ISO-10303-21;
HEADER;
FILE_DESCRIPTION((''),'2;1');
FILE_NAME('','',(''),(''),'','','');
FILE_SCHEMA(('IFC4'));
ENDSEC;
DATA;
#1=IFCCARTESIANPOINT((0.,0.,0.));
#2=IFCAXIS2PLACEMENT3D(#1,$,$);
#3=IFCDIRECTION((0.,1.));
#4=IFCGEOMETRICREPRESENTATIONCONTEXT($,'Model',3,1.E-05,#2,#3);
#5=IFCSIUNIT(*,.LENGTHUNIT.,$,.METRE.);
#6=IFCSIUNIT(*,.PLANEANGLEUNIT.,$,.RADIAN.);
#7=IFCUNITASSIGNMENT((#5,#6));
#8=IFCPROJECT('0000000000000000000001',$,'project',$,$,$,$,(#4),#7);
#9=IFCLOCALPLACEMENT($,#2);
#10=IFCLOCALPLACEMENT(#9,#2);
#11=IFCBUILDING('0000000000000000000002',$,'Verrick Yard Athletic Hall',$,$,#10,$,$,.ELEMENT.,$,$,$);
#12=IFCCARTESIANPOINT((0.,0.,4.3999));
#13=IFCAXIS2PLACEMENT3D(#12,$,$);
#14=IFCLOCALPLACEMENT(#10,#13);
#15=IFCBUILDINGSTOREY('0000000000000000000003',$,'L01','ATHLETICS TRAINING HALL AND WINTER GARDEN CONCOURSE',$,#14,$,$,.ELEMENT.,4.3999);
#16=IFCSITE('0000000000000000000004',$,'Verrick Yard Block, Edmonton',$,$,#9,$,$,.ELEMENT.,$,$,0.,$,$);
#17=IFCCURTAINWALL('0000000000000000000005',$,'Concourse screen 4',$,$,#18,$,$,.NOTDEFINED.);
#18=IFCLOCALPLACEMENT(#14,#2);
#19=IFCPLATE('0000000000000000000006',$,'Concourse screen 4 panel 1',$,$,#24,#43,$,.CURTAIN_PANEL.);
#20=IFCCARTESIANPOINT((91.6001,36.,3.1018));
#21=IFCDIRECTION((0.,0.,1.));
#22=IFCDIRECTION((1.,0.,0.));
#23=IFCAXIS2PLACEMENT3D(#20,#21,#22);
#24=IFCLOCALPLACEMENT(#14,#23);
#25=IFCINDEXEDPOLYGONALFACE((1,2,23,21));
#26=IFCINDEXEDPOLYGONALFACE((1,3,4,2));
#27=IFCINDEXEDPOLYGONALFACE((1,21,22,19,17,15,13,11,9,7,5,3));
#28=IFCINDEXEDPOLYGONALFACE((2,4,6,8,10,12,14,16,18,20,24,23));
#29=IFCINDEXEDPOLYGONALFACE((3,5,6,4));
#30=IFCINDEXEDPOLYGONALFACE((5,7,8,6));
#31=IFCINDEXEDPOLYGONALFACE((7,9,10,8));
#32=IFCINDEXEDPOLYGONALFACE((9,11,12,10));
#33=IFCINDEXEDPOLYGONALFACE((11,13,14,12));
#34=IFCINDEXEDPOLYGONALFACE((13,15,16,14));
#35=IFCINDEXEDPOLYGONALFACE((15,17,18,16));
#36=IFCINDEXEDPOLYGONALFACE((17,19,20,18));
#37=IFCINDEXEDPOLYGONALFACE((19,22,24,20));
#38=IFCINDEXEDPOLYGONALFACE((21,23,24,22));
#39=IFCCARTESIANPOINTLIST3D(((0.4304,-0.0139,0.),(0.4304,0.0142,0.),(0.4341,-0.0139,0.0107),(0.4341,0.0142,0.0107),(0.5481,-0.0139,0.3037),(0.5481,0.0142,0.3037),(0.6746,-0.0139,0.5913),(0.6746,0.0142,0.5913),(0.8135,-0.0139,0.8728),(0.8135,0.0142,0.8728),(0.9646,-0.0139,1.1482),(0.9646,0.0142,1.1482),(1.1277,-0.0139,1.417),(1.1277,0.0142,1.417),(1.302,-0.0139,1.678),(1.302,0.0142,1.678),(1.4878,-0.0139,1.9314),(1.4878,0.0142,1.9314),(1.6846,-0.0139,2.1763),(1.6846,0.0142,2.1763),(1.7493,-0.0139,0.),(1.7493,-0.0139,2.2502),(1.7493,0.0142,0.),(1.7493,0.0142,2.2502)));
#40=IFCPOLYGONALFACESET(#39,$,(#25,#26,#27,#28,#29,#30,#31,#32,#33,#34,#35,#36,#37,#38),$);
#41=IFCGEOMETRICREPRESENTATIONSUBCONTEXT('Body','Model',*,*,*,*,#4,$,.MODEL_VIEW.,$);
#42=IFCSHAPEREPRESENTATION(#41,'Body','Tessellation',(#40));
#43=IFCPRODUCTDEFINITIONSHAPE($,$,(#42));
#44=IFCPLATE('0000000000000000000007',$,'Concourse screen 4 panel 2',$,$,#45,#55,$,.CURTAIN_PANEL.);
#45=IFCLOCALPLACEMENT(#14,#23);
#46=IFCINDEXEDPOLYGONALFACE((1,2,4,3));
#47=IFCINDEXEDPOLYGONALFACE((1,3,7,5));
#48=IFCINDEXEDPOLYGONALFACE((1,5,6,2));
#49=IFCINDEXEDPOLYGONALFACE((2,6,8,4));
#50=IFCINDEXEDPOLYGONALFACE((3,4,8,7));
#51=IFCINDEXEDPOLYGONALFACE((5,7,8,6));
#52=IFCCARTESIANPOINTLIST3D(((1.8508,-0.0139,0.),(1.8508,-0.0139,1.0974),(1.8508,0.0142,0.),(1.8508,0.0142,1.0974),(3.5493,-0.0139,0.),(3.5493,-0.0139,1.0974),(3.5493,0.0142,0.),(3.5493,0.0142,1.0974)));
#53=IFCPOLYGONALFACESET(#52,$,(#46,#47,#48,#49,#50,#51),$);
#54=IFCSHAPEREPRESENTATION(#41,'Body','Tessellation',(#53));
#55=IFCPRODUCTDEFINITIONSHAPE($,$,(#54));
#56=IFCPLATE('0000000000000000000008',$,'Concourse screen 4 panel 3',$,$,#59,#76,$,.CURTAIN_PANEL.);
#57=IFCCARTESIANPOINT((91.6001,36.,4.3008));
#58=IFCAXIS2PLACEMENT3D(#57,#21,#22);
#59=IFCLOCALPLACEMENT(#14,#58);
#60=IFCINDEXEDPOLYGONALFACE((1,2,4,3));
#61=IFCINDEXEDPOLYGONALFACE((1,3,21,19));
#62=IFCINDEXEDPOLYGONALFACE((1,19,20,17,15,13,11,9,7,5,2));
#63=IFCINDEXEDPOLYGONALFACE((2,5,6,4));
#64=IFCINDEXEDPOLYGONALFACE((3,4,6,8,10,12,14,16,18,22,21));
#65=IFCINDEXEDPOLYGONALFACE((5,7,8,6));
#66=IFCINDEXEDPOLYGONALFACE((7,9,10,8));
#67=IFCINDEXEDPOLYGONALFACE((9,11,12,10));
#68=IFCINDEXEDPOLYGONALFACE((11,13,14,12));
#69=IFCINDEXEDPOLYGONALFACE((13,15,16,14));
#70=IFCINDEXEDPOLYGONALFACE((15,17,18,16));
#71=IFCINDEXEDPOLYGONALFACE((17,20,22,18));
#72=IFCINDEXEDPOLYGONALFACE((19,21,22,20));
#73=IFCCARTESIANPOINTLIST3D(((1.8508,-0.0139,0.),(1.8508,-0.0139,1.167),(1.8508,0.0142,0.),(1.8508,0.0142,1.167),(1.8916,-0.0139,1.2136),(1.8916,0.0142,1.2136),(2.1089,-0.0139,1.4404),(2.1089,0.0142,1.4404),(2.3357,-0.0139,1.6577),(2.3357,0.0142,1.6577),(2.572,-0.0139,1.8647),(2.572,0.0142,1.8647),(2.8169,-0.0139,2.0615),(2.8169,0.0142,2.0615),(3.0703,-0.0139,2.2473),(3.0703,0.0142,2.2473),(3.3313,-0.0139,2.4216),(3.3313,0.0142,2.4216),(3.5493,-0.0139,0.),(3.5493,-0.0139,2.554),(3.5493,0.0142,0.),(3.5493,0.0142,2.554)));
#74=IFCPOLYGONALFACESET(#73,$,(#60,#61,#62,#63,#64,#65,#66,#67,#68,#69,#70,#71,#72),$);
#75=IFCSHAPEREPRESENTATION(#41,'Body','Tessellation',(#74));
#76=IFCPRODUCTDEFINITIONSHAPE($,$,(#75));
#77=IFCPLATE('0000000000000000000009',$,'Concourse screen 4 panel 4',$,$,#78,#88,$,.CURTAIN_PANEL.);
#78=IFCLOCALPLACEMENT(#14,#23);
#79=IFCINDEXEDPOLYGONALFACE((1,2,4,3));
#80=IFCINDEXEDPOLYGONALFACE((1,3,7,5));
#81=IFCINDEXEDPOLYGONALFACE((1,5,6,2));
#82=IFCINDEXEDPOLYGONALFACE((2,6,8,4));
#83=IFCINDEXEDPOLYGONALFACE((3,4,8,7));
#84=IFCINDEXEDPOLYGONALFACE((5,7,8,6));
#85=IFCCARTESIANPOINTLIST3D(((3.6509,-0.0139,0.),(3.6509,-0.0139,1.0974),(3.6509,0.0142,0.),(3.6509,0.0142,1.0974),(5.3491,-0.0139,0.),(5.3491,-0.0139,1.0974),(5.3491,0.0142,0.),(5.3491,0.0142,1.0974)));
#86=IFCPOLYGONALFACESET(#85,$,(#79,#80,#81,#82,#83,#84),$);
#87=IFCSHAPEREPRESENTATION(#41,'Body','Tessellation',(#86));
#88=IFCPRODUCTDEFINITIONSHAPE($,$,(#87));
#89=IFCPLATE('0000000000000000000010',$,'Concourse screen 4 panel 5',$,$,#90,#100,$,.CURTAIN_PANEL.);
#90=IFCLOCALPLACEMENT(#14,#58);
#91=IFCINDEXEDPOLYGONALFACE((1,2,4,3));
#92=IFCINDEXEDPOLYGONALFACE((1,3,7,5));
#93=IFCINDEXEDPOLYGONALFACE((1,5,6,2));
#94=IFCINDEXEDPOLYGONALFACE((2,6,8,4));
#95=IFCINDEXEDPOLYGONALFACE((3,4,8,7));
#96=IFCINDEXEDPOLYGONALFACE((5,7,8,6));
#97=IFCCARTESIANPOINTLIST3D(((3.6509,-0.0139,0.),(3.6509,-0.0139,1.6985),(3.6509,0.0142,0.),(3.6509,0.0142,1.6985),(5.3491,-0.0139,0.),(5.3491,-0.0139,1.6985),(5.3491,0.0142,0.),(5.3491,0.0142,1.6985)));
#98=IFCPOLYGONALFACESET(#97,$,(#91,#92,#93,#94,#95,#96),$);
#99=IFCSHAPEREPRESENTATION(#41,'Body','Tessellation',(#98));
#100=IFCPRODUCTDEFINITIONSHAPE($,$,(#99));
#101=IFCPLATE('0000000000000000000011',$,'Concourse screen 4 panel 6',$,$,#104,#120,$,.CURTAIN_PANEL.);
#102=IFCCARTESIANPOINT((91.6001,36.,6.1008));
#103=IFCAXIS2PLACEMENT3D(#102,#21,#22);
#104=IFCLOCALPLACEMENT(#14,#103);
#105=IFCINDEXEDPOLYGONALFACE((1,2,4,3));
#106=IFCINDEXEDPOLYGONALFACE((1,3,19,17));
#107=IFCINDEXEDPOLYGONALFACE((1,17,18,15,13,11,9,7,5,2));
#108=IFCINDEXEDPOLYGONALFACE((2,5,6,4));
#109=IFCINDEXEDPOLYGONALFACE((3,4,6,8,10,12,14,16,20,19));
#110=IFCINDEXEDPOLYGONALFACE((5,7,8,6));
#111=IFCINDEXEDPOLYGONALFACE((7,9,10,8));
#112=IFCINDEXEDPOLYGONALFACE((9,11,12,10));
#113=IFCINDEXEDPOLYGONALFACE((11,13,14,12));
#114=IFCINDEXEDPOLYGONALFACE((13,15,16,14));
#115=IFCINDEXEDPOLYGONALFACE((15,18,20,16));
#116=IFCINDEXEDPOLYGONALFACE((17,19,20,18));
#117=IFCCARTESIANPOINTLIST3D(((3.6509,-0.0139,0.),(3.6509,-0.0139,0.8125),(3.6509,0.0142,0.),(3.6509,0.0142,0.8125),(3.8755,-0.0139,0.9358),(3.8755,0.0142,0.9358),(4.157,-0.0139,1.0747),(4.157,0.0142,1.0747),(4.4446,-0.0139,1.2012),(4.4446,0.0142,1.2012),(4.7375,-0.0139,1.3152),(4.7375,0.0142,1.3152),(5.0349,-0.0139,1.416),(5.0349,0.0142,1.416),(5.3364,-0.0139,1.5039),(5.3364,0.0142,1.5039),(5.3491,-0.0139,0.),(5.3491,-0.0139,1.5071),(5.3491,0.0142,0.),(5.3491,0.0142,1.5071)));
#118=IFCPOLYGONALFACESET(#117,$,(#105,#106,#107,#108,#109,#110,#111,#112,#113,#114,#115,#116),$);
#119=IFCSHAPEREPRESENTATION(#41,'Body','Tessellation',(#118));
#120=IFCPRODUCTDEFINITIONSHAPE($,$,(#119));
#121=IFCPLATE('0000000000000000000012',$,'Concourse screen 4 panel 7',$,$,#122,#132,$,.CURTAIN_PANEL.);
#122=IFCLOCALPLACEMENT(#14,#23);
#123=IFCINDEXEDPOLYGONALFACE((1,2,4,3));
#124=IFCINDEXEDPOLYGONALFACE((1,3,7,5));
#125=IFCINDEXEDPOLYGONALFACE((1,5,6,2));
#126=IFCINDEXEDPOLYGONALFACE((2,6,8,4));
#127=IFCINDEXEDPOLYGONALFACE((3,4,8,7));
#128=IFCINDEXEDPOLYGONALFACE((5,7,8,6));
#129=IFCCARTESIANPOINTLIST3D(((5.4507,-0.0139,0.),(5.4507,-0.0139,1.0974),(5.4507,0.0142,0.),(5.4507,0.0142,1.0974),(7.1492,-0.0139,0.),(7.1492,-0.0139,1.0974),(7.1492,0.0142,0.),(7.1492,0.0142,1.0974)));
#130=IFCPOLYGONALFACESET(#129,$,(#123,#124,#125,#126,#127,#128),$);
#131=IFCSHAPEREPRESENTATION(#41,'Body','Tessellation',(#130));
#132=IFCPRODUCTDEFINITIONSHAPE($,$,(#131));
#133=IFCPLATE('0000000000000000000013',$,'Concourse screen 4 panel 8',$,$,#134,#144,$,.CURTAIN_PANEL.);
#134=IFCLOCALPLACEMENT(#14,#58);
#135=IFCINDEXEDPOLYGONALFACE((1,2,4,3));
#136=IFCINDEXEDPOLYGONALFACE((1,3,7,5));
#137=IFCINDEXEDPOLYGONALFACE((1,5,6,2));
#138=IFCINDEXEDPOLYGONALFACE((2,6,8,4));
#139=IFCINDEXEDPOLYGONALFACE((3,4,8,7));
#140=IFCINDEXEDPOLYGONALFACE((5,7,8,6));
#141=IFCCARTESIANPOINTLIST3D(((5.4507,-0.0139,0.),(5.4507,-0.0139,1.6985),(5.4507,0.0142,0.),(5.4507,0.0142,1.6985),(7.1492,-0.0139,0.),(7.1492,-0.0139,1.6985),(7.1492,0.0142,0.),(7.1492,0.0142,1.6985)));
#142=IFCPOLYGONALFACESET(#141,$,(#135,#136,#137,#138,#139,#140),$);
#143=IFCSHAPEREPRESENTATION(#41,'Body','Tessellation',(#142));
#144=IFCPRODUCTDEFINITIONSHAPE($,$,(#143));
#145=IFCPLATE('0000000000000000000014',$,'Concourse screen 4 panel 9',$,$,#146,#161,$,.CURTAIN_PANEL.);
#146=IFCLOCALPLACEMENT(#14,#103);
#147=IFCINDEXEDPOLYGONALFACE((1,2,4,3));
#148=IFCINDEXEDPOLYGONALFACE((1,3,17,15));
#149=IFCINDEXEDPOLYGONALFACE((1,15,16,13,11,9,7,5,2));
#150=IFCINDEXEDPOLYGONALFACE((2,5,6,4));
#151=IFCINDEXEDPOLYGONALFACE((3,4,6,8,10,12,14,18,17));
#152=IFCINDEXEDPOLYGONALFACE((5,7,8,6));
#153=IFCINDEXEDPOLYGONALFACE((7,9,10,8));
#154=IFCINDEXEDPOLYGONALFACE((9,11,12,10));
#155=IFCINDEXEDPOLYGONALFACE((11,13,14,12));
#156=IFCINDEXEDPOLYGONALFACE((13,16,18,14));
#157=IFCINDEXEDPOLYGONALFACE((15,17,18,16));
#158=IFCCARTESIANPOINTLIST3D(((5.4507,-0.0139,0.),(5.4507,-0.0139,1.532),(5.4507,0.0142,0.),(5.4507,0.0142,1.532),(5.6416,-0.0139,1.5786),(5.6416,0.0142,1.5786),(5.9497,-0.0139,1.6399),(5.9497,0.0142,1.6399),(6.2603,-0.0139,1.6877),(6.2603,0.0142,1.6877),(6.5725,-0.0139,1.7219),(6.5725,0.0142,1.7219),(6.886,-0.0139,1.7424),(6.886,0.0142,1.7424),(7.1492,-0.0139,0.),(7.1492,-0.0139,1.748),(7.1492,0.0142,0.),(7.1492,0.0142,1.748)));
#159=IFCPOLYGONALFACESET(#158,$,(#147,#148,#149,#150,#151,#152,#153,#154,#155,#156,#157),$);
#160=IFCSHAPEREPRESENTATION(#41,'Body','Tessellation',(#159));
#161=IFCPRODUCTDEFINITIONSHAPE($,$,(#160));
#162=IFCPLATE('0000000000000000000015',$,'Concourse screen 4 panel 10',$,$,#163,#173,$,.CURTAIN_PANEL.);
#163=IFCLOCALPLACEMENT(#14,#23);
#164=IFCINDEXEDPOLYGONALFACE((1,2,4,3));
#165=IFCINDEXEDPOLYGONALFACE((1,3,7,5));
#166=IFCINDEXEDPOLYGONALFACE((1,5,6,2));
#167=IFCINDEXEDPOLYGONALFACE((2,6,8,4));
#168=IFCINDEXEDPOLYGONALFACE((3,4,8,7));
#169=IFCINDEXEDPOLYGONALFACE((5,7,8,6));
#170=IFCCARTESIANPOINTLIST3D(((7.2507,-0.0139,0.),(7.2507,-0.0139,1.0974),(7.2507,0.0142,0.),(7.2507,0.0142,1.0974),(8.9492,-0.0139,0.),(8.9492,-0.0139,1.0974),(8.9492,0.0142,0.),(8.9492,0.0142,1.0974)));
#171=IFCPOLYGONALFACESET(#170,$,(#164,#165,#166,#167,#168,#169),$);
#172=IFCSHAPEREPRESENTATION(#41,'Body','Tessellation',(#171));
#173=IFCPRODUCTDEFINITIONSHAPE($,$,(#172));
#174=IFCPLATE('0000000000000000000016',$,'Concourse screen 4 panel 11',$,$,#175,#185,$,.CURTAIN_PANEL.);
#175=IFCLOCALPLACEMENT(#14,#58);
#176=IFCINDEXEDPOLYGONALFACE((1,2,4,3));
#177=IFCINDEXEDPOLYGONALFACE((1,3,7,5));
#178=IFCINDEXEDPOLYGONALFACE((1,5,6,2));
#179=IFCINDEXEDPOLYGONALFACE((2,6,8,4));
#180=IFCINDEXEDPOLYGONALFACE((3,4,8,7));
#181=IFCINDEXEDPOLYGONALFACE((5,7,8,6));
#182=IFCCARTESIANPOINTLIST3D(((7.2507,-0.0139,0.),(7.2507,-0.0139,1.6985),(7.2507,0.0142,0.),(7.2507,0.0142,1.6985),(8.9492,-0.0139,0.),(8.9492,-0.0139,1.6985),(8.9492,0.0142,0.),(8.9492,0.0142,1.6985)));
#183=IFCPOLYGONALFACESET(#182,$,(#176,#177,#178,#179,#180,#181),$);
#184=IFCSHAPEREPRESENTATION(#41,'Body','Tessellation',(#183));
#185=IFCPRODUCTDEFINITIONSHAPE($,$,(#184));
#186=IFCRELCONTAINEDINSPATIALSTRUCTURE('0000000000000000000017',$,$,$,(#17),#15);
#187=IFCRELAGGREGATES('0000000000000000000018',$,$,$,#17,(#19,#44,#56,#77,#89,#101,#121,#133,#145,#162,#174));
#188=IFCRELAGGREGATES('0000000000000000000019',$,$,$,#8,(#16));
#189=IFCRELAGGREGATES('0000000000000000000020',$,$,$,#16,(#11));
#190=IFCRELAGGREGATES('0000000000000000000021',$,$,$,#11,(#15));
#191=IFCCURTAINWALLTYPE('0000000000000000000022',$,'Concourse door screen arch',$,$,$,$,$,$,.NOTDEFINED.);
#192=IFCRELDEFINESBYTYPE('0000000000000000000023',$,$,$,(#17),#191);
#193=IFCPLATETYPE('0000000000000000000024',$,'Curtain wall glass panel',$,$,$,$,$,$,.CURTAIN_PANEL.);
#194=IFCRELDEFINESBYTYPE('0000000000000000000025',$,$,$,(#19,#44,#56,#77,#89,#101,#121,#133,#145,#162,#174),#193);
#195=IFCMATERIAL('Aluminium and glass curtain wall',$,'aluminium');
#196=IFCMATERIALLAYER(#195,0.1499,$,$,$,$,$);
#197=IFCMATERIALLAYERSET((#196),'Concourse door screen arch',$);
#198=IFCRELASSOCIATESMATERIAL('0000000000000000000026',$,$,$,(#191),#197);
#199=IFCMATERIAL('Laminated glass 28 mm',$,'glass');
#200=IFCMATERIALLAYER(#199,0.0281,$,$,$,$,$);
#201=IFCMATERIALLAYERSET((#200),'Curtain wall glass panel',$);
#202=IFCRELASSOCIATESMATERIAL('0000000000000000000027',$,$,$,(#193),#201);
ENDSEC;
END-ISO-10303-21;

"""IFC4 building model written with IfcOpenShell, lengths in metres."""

from ifc_helpers import new_model, si_unit, direction, frame, origin, place, context, subcontext, project, spatial, polyline, outline, extrude, material, layer, layer_set, type_object, element, aggregate, save


model = new_model("IFC4")

# Units and contexts
model_context = context("Model", 3, precision=1e-05, world=origin(), true_north=direction((0.0, 1.0)))
body_context = subcontext(model_context, "Body", "Model", "MODEL_VIEW")
ifc_project = project(units=[si_unit("LENGTHUNIT", "METRE"), si_unit("PLANEANGLEUNIT", "RADIAN")], contexts=[model_context])

# Site, building, storey
site_placement = place(None, origin())
site = spatial("IfcSite", under=ifc_project, at=site_placement, Name="Verrick Yard Block, Edmonton", CompositionType="ELEMENT", RefElevation=0.0)
building_placement = place(site_placement, origin())
building = spatial("IfcBuilding", under=site, at=building_placement, Name="Verrick Yard Athletic Hall", CompositionType="ELEMENT")
storey_placement = place(building_placement, frame((0.0, 0.0, 4.3999)))
storey = spatial("IfcBuildingStorey", under=building, at=storey_placement, Name="L01", Description="ATHLETICS TRAINING HALL AND WINTER GARDEN CONCOURSE", CompositionType="ELEMENT", Elevation=4.3999)

# Curtain wall, plates
ifc_material_1 = material(Name="Aluminium and glass curtain wall", Category="aluminium")
ifc_layer_1 = layer(ifc_material_1, 0.1499)
ifc_layer_set_1 = layer_set([ifc_layer_1], Name="Concourse door screen arch")
curtain_wall_type = type_object("IfcCurtainWallType", Name="Concourse door screen arch", PredefinedType="NOTDEFINED", material=ifc_layer_set_1)
curtain_wall_placement = place(storey_placement, origin())
curtain_wall = element("IfcCurtainWall", 1, at=curtain_wall_placement, inside=storey, type_object=curtain_wall_type, Name="Concourse screen 4", PredefinedType="NOTDEFINED")
ifc_material_2 = material(Name="Laminated glass 28 mm", Category="glass")
ifc_layer_2 = layer(ifc_material_2, 0.0281)
ifc_layer_set_2 = layer_set([ifc_layer_2], Name="Curtain wall glass panel")
plate_type = type_object("IfcPlateType", Name="Curtain wall glass panel", PredefinedType="CURTAIN_PANEL", material=ifc_layer_set_2)
plate_1_placement = place(storey_placement, frame((91.6001, 36.0, 3.1018), z_axis=(0.0, 0.0, 1.0), x_axis=(1.0, 0.0, 0.0)))
plate_1 = element("IfcPlate", 2, at=plate_1_placement, type_object=plate_type, Name="Concourse screen 4 panel 1", PredefinedType="CURTAIN_PANEL", context=body_context, shape_type="SweptSolid", body=[
    extrude(outline(polyline([(1.7493, 2.2502), (1.6846, 2.1763), (1.4878, 1.9314), (1.302, 1.678), (1.1277, 1.417), (0.9646, 1.1482), (0.8135, 0.8728), (0.6746, 0.5913), (0.5481, 0.3037), (0.4341, 0.0107), (0.4304, 0.0), (1.7493, 0.0), (1.7493, 2.2502)])), frame((0.0, 0.0142, 0.0), z_axis=(0.0, -1.0, 0.0), x_axis=(1.0, 0.0, 0.0)), (0.0, 0.0, 1.0), 0.0281),
])
plate_2_placement = place(storey_placement, frame((91.6001, 36.0, 3.1018), z_axis=(0.0, 0.0, 1.0), x_axis=(1.0, 0.0, 0.0)))
plate_2 = element("IfcPlate", 3, at=plate_2_placement, type_object=plate_type, Name="Concourse screen 4 panel 2", PredefinedType="CURTAIN_PANEL", context=body_context, shape_type="SweptSolid", body=[
    extrude(outline(polyline([(3.5493, 0.0), (3.5493, 1.0974), (1.8508, 1.0974), (1.8508, 0.0), (3.5493, 0.0)])), frame((0.0, 0.0142, 0.0), z_axis=(0.0, -1.0, 0.0), x_axis=(1.0, 0.0, 0.0)), (0.0, 0.0, 1.0), 0.0281),
])
plate_3_placement = place(storey_placement, frame((91.6001, 36.0, 4.3008), z_axis=(0.0, 0.0, 1.0), x_axis=(1.0, 0.0, 0.0)))
plate_3 = element("IfcPlate", 4, at=plate_3_placement, type_object=plate_type, Name="Concourse screen 4 panel 3", PredefinedType="CURTAIN_PANEL", context=body_context, shape_type="SweptSolid", body=[
    extrude(outline(polyline([(3.5493, 2.554), (3.3313, 2.4216), (3.0703, 2.2473), (2.8169, 2.0615), (2.572, 1.8647), (2.3357, 1.6577), (2.1089, 1.4404), (1.8916, 1.2136), (1.8508, 1.167), (1.8508, 0.0), (3.5493, 0.0), (3.5493, 2.554)])), frame((0.0, 0.0142, 0.0), z_axis=(0.0, -1.0, 0.0), x_axis=(1.0, 0.0, 0.0)), (0.0, 0.0, 1.0), 0.0281),
])
plate_4_placement = place(storey_placement, frame((91.6001, 36.0, 3.1018), z_axis=(0.0, 0.0, 1.0), x_axis=(1.0, 0.0, 0.0)))
plate_4 = element("IfcPlate", 5, at=plate_4_placement, type_object=plate_type, Name="Concourse screen 4 panel 4", PredefinedType="CURTAIN_PANEL", context=body_context, shape_type="SweptSolid", body=[
    extrude(outline(polyline([(5.3491, 0.0), (5.3491, 1.0974), (3.6509, 1.0974), (3.6509, 0.0), (5.3491, 0.0)])), frame((0.0, 0.0142, 0.0), z_axis=(0.0, -1.0, 0.0), x_axis=(1.0, 0.0, 0.0)), (0.0, 0.0, 1.0), 0.0281),
])
plate_5_placement = place(storey_placement, frame((91.6001, 36.0, 4.3008), z_axis=(0.0, 0.0, 1.0), x_axis=(1.0, 0.0, 0.0)))
plate_5 = element("IfcPlate", 6, at=plate_5_placement, type_object=plate_type, Name="Concourse screen 4 panel 5", PredefinedType="CURTAIN_PANEL", context=body_context, shape_type="SweptSolid", body=[
    extrude(outline(polyline([(5.3491, 0.0), (5.3491, 1.6985), (3.6509, 1.6985), (3.6509, 0.0), (5.3491, 0.0)])), frame((0.0, 0.0142, 0.0), z_axis=(0.0, -1.0, 0.0), x_axis=(1.0, 0.0, 0.0)), (0.0, 0.0, 1.0), 0.0281),
])
plate_6_placement = place(storey_placement, frame((91.6001, 36.0, 6.1008), z_axis=(0.0, 0.0, 1.0), x_axis=(1.0, 0.0, 0.0)))
plate_6 = element("IfcPlate", 7, at=plate_6_placement, type_object=plate_type, Name="Concourse screen 4 panel 6", PredefinedType="CURTAIN_PANEL", context=body_context, shape_type="SweptSolid", body=[
    extrude(outline(polyline([(5.3491, 1.5071), (5.3364, 1.5039), (5.0349, 1.416), (4.7375, 1.3152), (4.4446, 1.2012), (4.157, 1.0747), (3.8755, 0.9358), (3.6509, 0.8125), (3.6509, 0.0), (5.3491, 0.0), (5.3491, 1.5071)])), frame((0.0, 0.0142, 0.0), z_axis=(0.0, -1.0, 0.0), x_axis=(1.0, 0.0, 0.0)), (0.0, 0.0, 1.0), 0.0281),
])
plate_7_placement = place(storey_placement, frame((91.6001, 36.0, 3.1018), z_axis=(0.0, 0.0, 1.0), x_axis=(1.0, 0.0, 0.0)))
plate_7 = element("IfcPlate", 8, at=plate_7_placement, type_object=plate_type, Name="Concourse screen 4 panel 7", PredefinedType="CURTAIN_PANEL", context=body_context, shape_type="SweptSolid", body=[
    extrude(outline(polyline([(7.1492, 0.0), (7.1492, 1.0974), (5.4507, 1.0974), (5.4507, 0.0), (7.1492, 0.0)])), frame((0.0, 0.0142, 0.0), z_axis=(0.0, -1.0, 0.0), x_axis=(1.0, 0.0, 0.0)), (0.0, 0.0, 1.0), 0.0281),
])
plate_8_placement = place(storey_placement, frame((91.6001, 36.0, 4.3008), z_axis=(0.0, 0.0, 1.0), x_axis=(1.0, 0.0, 0.0)))
plate_8 = element("IfcPlate", 9, at=plate_8_placement, type_object=plate_type, Name="Concourse screen 4 panel 8", PredefinedType="CURTAIN_PANEL", context=body_context, shape_type="SweptSolid", body=[
    extrude(outline(polyline([(7.1492, 0.0), (7.1492, 1.6985), (5.4507, 1.6985), (5.4507, 0.0), (7.1492, 0.0)])), frame((0.0, 0.0142, 0.0), z_axis=(0.0, -1.0, 0.0), x_axis=(1.0, 0.0, 0.0)), (0.0, 0.0, 1.0), 0.0281),
])
plate_9_placement = place(storey_placement, frame((91.6001, 36.0, 6.1008), z_axis=(0.0, 0.0, 1.0), x_axis=(1.0, 0.0, 0.0)))
plate_9 = element("IfcPlate", 10, at=plate_9_placement, type_object=plate_type, Name="Concourse screen 4 panel 9", PredefinedType="CURTAIN_PANEL", context=body_context, shape_type="SweptSolid", body=[
    extrude(outline(polyline([(7.1492, 1.748), (6.886, 1.7424), (6.5725, 1.7219), (6.2603, 1.6877), (5.9497, 1.6399), (5.6416, 1.5786), (5.4507, 1.532), (5.4507, 0.0), (7.1492, 0.0), (7.1492, 1.748)])), frame((0.0, 0.0142, 0.0), z_axis=(0.0, -1.0, 0.0), x_axis=(1.0, 0.0, 0.0)), (0.0, 0.0, 1.0), 0.0281),
])
plate_10_placement = place(storey_placement, frame((91.6001, 36.0, 3.1018), z_axis=(0.0, 0.0, 1.0), x_axis=(1.0, 0.0, 0.0)))
plate_10 = element("IfcPlate", 11, at=plate_10_placement, type_object=plate_type, Name="Concourse screen 4 panel 10", PredefinedType="CURTAIN_PANEL", context=body_context, shape_type="SweptSolid", body=[
    extrude(outline(polyline([(8.9492, 0.0), (8.9492, 1.0974), (7.2507, 1.0974), (7.2507, 0.0), (8.9492, 0.0)])), frame((0.0, 0.0142, 0.0), z_axis=(0.0, -1.0, 0.0), x_axis=(1.0, 0.0, 0.0)), (0.0, 0.0, 1.0), 0.0281),
])
plate_11_placement = place(storey_placement, frame((91.6001, 36.0, 4.3008), z_axis=(0.0, 0.0, 1.0), x_axis=(1.0, 0.0, 0.0)))
plate_11 = element("IfcPlate", 12, at=plate_11_placement, type_object=plate_type, Name="Concourse screen 4 panel 11", PredefinedType="CURTAIN_PANEL", context=body_context, shape_type="SweptSolid", body=[
    extrude(outline(polyline([(8.9492, 0.0), (8.9492, 1.6985), (7.2507, 1.6985), (7.2507, 0.0), (8.9492, 0.0)])), frame((0.0, 0.0142, 0.0), z_axis=(0.0, -1.0, 0.0), x_axis=(1.0, 0.0, 0.0)), (0.0, 0.0, 1.0), 0.0281),
])
aggregate(curtain_wall, [plate_1, plate_2, plate_3, plate_4, plate_5, plate_6, plate_7, plate_8, plate_9, plate_10, plate_11])

save(model, "model.ifc")
